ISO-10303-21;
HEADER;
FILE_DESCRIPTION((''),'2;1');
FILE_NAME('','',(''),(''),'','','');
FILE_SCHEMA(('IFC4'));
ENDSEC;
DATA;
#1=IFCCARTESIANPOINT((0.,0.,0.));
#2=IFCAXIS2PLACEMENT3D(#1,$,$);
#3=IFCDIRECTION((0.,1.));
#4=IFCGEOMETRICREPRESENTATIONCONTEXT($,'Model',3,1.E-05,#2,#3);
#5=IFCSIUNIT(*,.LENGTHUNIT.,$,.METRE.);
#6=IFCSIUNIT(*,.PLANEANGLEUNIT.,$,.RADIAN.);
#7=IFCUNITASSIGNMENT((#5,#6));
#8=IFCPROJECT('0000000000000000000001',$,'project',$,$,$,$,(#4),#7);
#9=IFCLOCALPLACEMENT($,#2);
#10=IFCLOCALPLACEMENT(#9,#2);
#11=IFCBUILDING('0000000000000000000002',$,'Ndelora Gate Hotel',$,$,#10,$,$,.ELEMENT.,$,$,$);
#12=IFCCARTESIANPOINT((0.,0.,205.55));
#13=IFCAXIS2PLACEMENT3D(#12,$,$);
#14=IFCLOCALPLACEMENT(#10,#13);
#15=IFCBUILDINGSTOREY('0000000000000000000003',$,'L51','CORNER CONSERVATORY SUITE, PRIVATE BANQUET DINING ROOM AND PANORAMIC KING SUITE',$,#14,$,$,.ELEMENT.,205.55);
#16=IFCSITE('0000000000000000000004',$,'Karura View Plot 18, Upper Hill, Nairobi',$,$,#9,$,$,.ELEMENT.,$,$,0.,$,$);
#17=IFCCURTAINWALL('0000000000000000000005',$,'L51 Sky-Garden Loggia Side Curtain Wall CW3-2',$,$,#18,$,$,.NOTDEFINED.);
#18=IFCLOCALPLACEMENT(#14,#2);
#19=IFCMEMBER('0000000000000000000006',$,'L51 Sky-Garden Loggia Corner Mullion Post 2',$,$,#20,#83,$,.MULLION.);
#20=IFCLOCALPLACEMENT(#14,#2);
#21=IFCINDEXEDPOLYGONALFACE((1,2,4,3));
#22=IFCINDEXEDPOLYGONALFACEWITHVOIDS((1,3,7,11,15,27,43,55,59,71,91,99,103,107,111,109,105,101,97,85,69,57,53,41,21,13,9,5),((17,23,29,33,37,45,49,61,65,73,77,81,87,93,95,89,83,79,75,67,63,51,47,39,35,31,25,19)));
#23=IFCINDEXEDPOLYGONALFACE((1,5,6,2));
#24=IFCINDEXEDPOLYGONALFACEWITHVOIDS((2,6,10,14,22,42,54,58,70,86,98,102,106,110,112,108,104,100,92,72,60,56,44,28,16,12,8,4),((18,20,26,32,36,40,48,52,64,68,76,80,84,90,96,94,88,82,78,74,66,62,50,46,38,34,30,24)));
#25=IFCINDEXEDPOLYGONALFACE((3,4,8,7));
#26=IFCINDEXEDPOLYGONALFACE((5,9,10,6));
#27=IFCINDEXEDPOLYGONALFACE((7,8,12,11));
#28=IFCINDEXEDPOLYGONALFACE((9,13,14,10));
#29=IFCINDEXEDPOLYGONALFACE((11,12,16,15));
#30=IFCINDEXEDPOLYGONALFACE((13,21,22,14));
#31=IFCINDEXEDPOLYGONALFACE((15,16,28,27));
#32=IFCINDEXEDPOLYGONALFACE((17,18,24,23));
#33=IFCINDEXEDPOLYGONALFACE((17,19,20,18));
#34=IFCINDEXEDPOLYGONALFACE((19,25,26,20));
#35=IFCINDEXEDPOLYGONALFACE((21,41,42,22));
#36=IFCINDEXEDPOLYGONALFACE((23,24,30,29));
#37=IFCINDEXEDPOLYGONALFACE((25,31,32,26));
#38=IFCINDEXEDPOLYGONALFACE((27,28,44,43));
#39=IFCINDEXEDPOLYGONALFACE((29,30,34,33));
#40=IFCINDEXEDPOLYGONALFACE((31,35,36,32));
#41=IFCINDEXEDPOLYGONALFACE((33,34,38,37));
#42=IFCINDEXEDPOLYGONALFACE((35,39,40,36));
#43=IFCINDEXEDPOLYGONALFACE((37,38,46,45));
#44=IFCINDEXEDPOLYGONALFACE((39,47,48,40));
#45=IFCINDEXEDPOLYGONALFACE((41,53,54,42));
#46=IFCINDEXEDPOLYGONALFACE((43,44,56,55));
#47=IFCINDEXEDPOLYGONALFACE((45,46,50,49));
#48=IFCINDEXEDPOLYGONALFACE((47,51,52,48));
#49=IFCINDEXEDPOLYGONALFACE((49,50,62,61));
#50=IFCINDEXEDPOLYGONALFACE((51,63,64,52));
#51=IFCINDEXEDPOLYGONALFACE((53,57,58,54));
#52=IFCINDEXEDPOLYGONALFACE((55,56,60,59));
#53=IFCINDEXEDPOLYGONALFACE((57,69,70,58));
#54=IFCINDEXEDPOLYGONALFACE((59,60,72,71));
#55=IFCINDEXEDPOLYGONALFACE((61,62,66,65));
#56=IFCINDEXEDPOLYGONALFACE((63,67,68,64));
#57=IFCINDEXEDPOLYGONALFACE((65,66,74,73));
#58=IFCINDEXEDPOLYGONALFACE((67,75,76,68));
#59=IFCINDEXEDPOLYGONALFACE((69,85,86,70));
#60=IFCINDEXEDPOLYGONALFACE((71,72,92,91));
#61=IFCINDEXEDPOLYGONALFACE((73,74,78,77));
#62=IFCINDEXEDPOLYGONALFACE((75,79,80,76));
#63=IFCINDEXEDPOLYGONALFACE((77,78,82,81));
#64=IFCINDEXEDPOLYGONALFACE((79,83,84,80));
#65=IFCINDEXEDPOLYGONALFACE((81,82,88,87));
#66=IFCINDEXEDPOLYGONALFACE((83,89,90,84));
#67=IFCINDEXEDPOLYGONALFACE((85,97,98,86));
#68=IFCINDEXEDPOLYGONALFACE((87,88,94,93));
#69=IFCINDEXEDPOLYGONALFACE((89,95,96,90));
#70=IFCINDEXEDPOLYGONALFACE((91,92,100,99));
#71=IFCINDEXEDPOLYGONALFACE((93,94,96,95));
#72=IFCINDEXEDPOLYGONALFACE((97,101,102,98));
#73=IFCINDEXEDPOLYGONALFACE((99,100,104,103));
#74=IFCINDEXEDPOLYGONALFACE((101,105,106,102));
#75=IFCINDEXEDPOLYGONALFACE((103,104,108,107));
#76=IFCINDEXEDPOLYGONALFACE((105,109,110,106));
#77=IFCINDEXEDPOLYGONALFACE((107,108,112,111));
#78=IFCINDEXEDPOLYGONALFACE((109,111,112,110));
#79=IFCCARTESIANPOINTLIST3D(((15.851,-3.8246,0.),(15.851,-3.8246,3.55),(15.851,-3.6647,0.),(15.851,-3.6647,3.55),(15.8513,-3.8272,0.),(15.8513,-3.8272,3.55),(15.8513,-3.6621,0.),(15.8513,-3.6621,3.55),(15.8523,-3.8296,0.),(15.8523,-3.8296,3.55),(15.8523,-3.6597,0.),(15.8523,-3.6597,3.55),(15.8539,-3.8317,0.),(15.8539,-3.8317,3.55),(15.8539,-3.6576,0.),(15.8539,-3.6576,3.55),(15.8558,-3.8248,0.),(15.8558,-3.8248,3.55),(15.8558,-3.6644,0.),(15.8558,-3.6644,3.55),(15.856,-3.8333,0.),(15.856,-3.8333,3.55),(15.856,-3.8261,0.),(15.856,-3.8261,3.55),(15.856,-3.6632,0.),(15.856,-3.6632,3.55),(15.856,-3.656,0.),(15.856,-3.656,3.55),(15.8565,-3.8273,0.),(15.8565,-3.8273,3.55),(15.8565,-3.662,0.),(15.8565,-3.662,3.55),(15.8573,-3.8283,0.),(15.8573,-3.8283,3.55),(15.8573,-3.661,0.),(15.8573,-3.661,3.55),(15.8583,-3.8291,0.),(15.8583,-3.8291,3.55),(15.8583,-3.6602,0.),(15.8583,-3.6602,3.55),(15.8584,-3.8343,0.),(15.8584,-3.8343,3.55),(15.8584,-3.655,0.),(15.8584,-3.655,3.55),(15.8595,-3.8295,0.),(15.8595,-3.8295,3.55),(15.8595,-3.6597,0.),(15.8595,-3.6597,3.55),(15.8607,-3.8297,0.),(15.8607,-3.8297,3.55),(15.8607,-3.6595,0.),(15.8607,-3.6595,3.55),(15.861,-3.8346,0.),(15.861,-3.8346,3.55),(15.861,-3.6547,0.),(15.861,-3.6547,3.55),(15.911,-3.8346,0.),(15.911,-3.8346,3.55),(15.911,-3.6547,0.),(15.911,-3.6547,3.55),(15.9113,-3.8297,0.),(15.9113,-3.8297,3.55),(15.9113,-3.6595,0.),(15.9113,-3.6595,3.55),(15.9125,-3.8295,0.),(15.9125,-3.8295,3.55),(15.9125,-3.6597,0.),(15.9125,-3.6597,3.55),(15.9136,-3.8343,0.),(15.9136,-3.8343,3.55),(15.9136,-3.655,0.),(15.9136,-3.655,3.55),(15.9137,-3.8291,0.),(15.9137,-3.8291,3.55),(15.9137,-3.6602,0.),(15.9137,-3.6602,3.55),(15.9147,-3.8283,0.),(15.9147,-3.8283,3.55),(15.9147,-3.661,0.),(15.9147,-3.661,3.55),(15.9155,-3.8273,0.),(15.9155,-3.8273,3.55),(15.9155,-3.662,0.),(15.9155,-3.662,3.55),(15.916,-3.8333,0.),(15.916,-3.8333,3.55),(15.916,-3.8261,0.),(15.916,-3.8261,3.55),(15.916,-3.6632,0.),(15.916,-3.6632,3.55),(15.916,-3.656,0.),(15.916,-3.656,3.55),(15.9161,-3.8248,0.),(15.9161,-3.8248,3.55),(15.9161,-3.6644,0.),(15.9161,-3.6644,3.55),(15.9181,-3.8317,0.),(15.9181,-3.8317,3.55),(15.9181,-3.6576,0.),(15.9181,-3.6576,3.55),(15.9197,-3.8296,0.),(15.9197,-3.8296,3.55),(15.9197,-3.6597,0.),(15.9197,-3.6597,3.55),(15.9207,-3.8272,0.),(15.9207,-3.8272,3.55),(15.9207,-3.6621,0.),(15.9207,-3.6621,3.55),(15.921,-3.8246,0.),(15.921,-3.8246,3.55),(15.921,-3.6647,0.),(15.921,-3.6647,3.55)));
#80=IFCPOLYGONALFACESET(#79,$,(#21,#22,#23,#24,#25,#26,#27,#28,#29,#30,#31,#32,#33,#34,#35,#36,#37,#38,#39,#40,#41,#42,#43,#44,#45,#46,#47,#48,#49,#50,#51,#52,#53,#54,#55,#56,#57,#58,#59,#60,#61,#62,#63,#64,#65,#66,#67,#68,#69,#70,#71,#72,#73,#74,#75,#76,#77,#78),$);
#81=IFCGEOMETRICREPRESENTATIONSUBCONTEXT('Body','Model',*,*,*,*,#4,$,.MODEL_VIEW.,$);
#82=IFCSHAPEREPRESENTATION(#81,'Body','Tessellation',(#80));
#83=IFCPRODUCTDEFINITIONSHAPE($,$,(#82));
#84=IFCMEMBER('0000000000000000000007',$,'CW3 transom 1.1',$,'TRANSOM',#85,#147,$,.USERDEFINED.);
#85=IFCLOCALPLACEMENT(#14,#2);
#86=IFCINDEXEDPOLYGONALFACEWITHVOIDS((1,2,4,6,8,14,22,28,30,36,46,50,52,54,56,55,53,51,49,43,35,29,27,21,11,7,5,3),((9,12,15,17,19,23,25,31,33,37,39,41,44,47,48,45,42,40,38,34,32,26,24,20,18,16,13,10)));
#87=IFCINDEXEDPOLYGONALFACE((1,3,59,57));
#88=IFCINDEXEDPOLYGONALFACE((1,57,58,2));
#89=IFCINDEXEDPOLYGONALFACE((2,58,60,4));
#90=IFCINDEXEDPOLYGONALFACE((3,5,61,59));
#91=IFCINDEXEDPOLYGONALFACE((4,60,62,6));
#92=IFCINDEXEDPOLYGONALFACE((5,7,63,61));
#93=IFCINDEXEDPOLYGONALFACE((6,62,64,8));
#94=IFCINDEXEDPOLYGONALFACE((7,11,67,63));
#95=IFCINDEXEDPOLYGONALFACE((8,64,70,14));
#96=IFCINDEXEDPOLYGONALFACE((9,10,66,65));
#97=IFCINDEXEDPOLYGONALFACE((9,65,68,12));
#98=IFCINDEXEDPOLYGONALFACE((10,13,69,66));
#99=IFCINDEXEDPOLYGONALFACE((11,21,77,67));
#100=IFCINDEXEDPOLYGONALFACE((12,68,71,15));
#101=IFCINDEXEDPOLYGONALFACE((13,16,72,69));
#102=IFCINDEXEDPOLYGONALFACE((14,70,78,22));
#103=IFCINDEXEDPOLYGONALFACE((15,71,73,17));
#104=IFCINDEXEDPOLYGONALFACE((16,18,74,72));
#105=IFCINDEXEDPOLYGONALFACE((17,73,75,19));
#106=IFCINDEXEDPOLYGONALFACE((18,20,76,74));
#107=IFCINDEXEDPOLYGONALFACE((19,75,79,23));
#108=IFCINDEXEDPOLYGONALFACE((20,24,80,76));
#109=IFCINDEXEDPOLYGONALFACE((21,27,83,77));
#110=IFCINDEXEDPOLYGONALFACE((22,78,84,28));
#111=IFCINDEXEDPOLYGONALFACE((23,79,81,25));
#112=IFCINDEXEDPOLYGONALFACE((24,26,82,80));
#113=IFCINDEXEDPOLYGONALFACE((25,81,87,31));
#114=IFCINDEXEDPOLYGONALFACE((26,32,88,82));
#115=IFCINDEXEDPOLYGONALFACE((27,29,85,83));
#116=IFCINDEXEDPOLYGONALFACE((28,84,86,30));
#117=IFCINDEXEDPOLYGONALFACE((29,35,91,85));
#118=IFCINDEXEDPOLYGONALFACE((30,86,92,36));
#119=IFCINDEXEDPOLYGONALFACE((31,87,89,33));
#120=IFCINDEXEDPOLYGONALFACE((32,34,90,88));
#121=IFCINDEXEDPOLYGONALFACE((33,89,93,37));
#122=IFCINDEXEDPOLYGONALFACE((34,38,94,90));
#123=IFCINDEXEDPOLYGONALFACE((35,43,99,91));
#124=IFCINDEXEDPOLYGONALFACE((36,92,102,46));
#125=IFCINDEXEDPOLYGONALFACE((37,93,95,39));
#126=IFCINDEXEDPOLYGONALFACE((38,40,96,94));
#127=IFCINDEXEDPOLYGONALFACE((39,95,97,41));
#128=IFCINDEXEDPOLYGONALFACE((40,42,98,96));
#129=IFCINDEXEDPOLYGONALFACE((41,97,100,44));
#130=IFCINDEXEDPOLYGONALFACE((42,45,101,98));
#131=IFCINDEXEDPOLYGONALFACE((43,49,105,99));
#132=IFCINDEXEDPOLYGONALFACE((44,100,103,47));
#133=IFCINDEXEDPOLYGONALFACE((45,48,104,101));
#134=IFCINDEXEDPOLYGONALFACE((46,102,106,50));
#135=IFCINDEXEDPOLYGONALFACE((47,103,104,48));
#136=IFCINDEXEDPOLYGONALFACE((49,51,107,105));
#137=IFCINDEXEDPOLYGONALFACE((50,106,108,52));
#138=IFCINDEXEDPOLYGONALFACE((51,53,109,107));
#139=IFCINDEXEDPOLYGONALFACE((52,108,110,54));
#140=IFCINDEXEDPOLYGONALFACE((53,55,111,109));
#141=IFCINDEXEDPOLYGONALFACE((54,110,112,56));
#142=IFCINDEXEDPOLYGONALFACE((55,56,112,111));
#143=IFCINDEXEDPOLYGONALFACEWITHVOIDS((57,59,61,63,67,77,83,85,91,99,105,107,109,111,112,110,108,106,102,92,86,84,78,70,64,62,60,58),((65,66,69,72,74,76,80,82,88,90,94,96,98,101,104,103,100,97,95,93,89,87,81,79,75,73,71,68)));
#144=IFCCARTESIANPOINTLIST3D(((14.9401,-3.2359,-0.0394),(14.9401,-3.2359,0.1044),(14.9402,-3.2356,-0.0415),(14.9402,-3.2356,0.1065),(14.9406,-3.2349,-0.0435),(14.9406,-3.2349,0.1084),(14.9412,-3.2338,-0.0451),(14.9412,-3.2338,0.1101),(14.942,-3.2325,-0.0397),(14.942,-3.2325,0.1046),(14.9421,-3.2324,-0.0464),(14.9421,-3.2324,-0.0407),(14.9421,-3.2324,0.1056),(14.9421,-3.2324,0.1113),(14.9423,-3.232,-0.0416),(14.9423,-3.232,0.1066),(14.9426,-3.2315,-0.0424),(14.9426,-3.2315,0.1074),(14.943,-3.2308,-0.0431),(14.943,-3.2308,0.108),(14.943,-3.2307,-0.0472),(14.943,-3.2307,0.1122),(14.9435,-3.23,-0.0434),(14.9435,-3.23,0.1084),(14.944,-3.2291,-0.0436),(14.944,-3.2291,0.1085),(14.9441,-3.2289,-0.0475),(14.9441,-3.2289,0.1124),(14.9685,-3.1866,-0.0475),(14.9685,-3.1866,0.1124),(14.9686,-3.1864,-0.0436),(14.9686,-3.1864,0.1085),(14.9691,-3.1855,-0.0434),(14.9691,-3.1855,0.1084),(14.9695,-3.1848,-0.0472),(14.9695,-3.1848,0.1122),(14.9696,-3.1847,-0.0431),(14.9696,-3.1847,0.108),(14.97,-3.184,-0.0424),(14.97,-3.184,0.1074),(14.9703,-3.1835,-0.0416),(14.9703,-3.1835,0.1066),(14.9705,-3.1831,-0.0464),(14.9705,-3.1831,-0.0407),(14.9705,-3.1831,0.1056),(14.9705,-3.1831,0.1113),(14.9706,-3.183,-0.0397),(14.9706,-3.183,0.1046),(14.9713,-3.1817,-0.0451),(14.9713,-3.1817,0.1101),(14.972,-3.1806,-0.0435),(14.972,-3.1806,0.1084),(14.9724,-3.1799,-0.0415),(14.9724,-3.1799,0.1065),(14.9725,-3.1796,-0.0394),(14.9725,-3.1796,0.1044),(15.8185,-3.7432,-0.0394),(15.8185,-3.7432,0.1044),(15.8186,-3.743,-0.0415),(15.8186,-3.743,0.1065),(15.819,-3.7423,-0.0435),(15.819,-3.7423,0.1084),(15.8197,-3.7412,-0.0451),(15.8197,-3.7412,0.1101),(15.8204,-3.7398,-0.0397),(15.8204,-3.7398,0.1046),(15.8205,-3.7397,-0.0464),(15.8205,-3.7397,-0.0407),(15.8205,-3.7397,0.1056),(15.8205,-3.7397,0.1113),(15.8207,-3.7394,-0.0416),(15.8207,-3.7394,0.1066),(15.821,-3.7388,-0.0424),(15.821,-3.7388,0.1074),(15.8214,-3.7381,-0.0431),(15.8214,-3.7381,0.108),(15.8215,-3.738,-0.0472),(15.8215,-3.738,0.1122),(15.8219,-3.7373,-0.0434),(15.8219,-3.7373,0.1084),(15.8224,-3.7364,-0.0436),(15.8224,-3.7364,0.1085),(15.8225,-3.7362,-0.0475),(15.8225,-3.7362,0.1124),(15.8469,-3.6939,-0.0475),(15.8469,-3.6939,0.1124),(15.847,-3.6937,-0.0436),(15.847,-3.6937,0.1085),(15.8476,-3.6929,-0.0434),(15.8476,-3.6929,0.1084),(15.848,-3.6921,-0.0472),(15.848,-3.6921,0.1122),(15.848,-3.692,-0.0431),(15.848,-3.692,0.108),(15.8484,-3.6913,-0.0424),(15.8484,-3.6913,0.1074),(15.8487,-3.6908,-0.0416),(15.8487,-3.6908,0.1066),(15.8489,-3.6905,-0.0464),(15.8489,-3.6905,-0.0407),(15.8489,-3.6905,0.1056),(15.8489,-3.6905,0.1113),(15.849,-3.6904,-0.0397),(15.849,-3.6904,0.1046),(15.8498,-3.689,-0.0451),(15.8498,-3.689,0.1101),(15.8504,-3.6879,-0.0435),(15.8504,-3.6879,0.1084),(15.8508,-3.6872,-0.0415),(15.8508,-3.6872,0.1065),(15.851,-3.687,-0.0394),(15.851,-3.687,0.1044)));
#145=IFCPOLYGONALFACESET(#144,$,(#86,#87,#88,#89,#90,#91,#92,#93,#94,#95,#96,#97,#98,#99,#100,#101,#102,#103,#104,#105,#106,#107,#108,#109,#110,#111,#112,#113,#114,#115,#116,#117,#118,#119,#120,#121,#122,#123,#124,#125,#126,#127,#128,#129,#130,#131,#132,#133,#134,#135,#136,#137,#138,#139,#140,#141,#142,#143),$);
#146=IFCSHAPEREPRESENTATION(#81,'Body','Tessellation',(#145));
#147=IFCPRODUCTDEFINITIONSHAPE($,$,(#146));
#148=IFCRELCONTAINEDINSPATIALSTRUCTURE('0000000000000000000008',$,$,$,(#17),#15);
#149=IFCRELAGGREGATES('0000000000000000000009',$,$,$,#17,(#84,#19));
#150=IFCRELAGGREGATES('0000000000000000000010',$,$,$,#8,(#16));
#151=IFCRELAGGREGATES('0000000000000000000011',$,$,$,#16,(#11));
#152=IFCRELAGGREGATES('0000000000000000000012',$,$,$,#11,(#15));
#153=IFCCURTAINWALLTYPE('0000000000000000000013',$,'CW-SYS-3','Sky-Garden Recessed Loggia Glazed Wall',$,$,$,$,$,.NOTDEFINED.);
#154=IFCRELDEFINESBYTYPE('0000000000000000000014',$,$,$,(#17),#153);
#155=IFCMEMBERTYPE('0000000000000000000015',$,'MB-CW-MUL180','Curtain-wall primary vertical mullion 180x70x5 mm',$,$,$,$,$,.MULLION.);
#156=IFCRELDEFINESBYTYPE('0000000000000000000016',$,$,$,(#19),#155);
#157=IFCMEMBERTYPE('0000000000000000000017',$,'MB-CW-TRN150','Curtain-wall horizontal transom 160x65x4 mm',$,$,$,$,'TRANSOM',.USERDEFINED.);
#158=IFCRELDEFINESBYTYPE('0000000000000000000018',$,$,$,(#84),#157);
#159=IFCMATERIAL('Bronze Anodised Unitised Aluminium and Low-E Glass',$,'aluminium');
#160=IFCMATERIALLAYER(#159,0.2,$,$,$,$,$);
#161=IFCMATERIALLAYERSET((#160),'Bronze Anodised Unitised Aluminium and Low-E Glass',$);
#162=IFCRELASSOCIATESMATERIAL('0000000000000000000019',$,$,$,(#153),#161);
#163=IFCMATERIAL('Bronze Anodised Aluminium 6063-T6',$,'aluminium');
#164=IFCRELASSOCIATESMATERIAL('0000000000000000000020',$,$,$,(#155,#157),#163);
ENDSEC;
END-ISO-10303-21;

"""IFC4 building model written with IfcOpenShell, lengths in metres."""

from ifc_helpers import new_model, si_unit, direction, frame, origin, origin_2d, place, context, subcontext, project, spatial, hollow_rectangle, extrude, material, layer, layer_set, material_profile, profile_set, type_object, element, aggregate, save


model = new_model("IFC4")

# Units and contexts
model_context = context("Model", 3, precision=1e-05, world=origin(), true_north=direction((0.0, 1.0)))
body_context = subcontext(model_context, "Body", "Model", "MODEL_VIEW")
ifc_project = project(units=[si_unit("LENGTHUNIT", "METRE"), si_unit("PLANEANGLEUNIT", "RADIAN")], contexts=[model_context])

# Site, building, storey
site_placement = place(None, origin())
site = spatial("IfcSite", under=ifc_project, at=site_placement, Name="Karura View Plot 18, Upper Hill, Nairobi", CompositionType="ELEMENT", RefElevation=0.0)
building_placement = place(site_placement, origin())
building = spatial("IfcBuilding", under=site, at=building_placement, Name="Ndelora Gate Hotel", CompositionType="ELEMENT")
storey_placement = place(building_placement, frame((0.0, 0.0, 205.55)))
storey = spatial("IfcBuildingStorey", under=building, at=storey_placement, Name="L51", Description="CORNER CONSERVATORY SUITE, PRIVATE BANQUET DINING ROOM AND PANORAMIC KING SUITE", CompositionType="ELEMENT", Elevation=205.55)

# Curtain wall, members
ifc_material_1 = material(Name="Bronze Anodised Unitised Aluminium and Low-E Glass", Category="aluminium")
ifc_layer_1 = layer(ifc_material_1, 0.2)
ifc_layer_set_1 = layer_set([ifc_layer_1], Name="Bronze Anodised Unitised Aluminium and Low-E Glass")
curtain_wall_type = type_object("IfcCurtainWallType", Name="CW-SYS-3", Description="Sky-Garden Recessed Loggia Glazed Wall", PredefinedType="NOTDEFINED", material=ifc_layer_set_1)
curtain_wall_placement = place(storey_placement, origin())
curtain_wall = element("IfcCurtainWall", 1, at=curtain_wall_placement, inside=storey, type_object=curtain_wall_type, Name="L51 Sky-Garden Loggia Side Curtain Wall CW3-2", PredefinedType="NOTDEFINED")
ifc_material_2 = material(Name="Bronze Anodised Aluminium 6063-T6", Category="aluminium")
ifc_material_profile_1 = material_profile(ifc_material_2, hollow_rectangle(XDim=0.0701, YDim=0.1799, WallThickness=0.0049, InnerFilletRadius=0.0049, OuterFilletRadius=0.01, at=origin_2d()), Name="ALU 180x70x5")
ifc_profile_set_1 = profile_set([ifc_material_profile_1], Name="Bronze Anodised Aluminium 6063-T6")
member_type_1 = type_object("IfcMemberType", Name="MB-CW-MUL180", Description="Curtain-wall primary vertical mullion 180x70x5 mm", PredefinedType="MULLION", material=ifc_profile_set_1)
member_1_placement = place(storey_placement, frame((15.886, -3.7446, 0.0), z_axis=(0.0, 0.0, 1.0), x_axis=(1.0, 0.0, 0.0)))
member_1 = element("IfcMember", 2, at=member_1_placement, type_object=member_type_1, Name="L51 Sky-Garden Loggia Corner Mullion Post 2", PredefinedType="MULLION", context=body_context, shape_type="SweptSolid", body=[
    extrude(hollow_rectangle(XDim=0.0701, YDim=0.1799, WallThickness=0.0049, InnerFilletRadius=0.0049, OuterFilletRadius=0.01, at=origin_2d()), origin(), (0.0, 0.0, 1.0), 3.55),
])
ifc_material_profile_2 = material_profile(ifc_material_2, hollow_rectangle(XDim=0.0649, YDim=0.1599, WallThickness=0.0039, InnerFilletRadius=0.0039, OuterFilletRadius=0.0081, at=origin_2d()), Name="ALU 160x65x4")
ifc_profile_set_2 = profile_set([ifc_material_profile_2], Name="Bronze Anodised Aluminium 6063-T6")
member_type_2 = type_object("IfcMemberType", Name="MB-CW-TRN150", Description="Curtain-wall horizontal transom 160x65x4 mm", ElementType="TRANSOM", PredefinedType="USERDEFINED", material=ifc_profile_set_2)
member_2_placement = place(storey_placement, frame((15.8347, -3.7151, 0.0325), z_axis=(-0.865953, 0.500125, 0.0), x_axis=(-0.500125, -0.865953, 0.0)))
member_2 = element("IfcMember", 3, at=member_2_placement, type_object=member_type_2, Name="CW3 transom 1.1", ObjectType="TRANSOM", PredefinedType="USERDEFINED", context=body_context, shape_type="SweptSolid", body=[
    extrude(hollow_rectangle(XDim=0.0649, YDim=0.1599, WallThickness=0.0039, InnerFilletRadius=0.0039, OuterFilletRadius=0.0081, at=origin_2d()), origin(), (0.0, 0.0, 1.0), 1.0144),
])
aggregate(curtain_wall, [member_2, member_1])

save(model, "model.ifc")
